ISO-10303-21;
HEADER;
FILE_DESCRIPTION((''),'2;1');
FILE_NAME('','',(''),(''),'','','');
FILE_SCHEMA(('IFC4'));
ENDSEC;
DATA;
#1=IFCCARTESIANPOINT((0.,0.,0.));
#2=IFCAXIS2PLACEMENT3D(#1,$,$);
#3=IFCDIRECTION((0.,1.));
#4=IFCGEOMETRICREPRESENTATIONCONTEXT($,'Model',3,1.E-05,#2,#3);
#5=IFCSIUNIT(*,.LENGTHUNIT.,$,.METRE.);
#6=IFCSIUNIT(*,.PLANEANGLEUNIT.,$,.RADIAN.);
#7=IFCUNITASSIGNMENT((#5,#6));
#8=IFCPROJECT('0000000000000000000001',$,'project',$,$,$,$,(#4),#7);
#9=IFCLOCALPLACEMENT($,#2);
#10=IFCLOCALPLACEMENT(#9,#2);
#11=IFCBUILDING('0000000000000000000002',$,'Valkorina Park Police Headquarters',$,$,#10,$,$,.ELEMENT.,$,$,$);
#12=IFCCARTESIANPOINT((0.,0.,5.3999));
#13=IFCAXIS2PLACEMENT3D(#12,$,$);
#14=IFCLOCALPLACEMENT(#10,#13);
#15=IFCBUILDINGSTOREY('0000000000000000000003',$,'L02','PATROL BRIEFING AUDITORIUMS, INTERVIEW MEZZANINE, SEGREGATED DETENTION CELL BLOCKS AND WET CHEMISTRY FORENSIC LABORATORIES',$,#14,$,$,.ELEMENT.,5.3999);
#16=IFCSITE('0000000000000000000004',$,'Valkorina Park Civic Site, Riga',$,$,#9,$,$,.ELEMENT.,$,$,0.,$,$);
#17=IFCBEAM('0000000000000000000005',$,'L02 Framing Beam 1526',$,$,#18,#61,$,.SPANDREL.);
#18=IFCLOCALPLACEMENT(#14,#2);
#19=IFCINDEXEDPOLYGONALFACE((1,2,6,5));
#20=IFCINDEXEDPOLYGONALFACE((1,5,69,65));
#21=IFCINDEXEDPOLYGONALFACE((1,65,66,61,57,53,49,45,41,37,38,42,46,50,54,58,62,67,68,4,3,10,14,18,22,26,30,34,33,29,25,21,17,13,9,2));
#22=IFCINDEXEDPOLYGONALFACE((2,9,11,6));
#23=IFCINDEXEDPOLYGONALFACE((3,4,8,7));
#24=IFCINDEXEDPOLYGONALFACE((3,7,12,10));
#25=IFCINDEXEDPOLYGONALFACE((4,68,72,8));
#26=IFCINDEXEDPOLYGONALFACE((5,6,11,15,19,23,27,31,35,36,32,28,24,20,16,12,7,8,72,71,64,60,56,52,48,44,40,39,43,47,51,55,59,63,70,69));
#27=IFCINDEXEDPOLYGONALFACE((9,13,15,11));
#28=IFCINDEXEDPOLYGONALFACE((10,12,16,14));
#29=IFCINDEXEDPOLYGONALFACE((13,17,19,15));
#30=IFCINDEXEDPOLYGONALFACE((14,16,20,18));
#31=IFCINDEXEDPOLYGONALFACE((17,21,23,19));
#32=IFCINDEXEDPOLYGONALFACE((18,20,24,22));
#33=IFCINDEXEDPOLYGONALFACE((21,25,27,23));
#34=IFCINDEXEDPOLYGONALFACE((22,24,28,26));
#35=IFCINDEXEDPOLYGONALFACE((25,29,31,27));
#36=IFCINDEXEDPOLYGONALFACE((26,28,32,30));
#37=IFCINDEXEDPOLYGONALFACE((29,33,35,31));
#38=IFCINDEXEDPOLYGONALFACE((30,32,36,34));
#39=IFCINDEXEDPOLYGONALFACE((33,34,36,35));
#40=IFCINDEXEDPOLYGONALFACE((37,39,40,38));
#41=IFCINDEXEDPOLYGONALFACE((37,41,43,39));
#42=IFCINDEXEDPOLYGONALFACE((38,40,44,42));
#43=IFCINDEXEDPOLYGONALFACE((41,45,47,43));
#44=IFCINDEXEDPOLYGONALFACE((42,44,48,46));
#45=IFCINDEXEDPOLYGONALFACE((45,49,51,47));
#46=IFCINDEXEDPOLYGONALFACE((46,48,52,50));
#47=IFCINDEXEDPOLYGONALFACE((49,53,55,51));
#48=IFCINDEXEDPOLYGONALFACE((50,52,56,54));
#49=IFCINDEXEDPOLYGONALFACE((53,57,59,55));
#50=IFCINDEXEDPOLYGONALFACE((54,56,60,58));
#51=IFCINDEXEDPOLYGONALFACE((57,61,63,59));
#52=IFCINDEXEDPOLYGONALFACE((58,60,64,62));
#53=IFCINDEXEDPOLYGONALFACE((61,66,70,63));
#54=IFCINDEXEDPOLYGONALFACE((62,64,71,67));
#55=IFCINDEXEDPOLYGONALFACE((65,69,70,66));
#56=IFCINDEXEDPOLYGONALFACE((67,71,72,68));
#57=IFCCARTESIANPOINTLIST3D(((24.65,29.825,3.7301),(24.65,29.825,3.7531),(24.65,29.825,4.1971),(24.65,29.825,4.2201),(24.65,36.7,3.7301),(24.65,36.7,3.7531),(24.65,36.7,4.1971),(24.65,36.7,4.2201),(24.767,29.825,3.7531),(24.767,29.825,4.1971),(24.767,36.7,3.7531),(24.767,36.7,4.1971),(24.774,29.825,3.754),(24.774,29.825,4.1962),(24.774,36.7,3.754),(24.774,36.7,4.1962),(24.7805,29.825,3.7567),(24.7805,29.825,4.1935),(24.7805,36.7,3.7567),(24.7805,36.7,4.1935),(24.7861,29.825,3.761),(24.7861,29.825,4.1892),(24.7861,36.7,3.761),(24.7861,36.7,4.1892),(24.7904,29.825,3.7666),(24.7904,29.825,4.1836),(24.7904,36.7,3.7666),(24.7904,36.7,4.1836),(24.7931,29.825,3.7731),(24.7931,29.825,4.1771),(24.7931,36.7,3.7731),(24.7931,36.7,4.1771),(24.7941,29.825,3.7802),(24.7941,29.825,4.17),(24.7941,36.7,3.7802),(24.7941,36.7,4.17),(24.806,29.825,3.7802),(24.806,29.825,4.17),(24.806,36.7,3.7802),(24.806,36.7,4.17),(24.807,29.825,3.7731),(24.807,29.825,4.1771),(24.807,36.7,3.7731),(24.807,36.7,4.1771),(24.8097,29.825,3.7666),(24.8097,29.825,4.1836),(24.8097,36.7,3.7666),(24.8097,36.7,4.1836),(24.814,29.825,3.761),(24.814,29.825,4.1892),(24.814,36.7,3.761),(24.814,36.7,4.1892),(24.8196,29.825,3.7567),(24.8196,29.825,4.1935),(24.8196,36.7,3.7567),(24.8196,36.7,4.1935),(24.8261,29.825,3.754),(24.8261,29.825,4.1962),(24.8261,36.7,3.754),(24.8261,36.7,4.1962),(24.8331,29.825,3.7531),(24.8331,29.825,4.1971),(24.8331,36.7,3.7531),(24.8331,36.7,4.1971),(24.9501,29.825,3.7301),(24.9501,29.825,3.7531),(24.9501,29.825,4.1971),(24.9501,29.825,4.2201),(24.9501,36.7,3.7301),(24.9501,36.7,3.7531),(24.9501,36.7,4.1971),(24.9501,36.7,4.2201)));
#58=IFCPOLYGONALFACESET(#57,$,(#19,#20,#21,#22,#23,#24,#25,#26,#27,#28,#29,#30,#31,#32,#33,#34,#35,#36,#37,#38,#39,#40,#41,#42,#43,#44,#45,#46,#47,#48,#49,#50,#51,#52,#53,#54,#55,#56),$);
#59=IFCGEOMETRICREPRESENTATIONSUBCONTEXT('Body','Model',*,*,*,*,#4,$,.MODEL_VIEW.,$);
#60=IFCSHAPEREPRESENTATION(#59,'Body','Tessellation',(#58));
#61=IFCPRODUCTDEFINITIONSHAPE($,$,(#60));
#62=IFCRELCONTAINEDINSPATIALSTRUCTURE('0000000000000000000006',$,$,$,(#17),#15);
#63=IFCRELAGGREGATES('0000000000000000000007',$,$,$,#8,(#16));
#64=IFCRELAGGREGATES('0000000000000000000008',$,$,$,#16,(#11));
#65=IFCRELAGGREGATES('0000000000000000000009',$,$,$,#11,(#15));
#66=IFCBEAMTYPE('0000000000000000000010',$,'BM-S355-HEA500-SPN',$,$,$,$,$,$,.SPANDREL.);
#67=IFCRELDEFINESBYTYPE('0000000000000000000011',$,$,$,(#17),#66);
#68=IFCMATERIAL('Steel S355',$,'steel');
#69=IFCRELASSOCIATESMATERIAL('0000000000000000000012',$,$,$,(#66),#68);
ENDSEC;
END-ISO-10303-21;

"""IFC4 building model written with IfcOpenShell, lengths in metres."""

from ifc_helpers import new_model, si_unit, direction, frame, origin, origin_2d, place, context, subcontext, project, spatial, i_section, extrude, material, material_profile, profile_set, type_object, element, save


model = new_model("IFC4")

# Units and contexts
model_context = context("Model", 3, precision=1e-05, world=origin(), true_north=direction((0.0, 1.0)))
body_context = subcontext(model_context, "Body", "Model", "MODEL_VIEW")
ifc_project = project(units=[si_unit("LENGTHUNIT", "METRE"), si_unit("PLANEANGLEUNIT", "RADIAN")], contexts=[model_context])

# Site, building, storey
site_placement = place(None, origin())
site = spatial("IfcSite", under=ifc_project, at=site_placement, Name="Valkorina Park Civic Site, Riga", CompositionType="ELEMENT", RefElevation=0.0)
building_placement = place(site_placement, origin())
building = spatial("IfcBuilding", under=site, at=building_placement, Name="Valkorina Park Police Headquarters", CompositionType="ELEMENT")
storey_placement = place(building_placement, frame((0.0, 0.0, 5.3999)))
storey = spatial("IfcBuildingStorey", under=building, at=storey_placement, Name="L02", Description="PATROL BRIEFING AUDITORIUMS, INTERVIEW MEZZANINE, SEGREGATED DETENTION CELL BLOCKS AND WET CHEMISTRY FORENSIC LABORATORIES", CompositionType="ELEMENT", Elevation=5.3999)

# Shared definitions
ifc_material_1 = material(Name="Steel S355", Category="steel")

# Beam
ifc_material_profile_1 = material_profile(ifc_material_1, i_section(OverallWidth=0.3, OverallDepth=0.49, WebThickness=0.012, FlangeThickness=0.0229, FilletRadius=0.0271, at=origin_2d()), Name="HEA 500")
ifc_profile_set_1 = profile_set([ifc_material_profile_1], Name="Steel S355")
beam_type = type_object("IfcBeamType", Name="BM-S355-HEA500-SPN", PredefinedType="SPANDREL", material=ifc_profile_set_1)
beam_1_placement = place(storey_placement, frame((24.8, 29.825, 3.9751), z_axis=(0.0, 1.0, 0.0), x_axis=(-1.0, 0.0, 0.0)))
element("IfcBeam", 1, at=beam_1_placement, inside=storey, type_object=beam_type, Name="L02 Framing Beam 1526", PredefinedType="SPANDREL", context=body_context, shape_type="SweptSolid", body=[
    extrude(i_section(OverallWidth=0.3, OverallDepth=0.49, WebThickness=0.012, FlangeThickness=0.0229, FilletRadius=0.0271, at=origin_2d()), origin(), (0.0, 0.0, 1.0), 6.875),
])

save(model, "model.ifc")
